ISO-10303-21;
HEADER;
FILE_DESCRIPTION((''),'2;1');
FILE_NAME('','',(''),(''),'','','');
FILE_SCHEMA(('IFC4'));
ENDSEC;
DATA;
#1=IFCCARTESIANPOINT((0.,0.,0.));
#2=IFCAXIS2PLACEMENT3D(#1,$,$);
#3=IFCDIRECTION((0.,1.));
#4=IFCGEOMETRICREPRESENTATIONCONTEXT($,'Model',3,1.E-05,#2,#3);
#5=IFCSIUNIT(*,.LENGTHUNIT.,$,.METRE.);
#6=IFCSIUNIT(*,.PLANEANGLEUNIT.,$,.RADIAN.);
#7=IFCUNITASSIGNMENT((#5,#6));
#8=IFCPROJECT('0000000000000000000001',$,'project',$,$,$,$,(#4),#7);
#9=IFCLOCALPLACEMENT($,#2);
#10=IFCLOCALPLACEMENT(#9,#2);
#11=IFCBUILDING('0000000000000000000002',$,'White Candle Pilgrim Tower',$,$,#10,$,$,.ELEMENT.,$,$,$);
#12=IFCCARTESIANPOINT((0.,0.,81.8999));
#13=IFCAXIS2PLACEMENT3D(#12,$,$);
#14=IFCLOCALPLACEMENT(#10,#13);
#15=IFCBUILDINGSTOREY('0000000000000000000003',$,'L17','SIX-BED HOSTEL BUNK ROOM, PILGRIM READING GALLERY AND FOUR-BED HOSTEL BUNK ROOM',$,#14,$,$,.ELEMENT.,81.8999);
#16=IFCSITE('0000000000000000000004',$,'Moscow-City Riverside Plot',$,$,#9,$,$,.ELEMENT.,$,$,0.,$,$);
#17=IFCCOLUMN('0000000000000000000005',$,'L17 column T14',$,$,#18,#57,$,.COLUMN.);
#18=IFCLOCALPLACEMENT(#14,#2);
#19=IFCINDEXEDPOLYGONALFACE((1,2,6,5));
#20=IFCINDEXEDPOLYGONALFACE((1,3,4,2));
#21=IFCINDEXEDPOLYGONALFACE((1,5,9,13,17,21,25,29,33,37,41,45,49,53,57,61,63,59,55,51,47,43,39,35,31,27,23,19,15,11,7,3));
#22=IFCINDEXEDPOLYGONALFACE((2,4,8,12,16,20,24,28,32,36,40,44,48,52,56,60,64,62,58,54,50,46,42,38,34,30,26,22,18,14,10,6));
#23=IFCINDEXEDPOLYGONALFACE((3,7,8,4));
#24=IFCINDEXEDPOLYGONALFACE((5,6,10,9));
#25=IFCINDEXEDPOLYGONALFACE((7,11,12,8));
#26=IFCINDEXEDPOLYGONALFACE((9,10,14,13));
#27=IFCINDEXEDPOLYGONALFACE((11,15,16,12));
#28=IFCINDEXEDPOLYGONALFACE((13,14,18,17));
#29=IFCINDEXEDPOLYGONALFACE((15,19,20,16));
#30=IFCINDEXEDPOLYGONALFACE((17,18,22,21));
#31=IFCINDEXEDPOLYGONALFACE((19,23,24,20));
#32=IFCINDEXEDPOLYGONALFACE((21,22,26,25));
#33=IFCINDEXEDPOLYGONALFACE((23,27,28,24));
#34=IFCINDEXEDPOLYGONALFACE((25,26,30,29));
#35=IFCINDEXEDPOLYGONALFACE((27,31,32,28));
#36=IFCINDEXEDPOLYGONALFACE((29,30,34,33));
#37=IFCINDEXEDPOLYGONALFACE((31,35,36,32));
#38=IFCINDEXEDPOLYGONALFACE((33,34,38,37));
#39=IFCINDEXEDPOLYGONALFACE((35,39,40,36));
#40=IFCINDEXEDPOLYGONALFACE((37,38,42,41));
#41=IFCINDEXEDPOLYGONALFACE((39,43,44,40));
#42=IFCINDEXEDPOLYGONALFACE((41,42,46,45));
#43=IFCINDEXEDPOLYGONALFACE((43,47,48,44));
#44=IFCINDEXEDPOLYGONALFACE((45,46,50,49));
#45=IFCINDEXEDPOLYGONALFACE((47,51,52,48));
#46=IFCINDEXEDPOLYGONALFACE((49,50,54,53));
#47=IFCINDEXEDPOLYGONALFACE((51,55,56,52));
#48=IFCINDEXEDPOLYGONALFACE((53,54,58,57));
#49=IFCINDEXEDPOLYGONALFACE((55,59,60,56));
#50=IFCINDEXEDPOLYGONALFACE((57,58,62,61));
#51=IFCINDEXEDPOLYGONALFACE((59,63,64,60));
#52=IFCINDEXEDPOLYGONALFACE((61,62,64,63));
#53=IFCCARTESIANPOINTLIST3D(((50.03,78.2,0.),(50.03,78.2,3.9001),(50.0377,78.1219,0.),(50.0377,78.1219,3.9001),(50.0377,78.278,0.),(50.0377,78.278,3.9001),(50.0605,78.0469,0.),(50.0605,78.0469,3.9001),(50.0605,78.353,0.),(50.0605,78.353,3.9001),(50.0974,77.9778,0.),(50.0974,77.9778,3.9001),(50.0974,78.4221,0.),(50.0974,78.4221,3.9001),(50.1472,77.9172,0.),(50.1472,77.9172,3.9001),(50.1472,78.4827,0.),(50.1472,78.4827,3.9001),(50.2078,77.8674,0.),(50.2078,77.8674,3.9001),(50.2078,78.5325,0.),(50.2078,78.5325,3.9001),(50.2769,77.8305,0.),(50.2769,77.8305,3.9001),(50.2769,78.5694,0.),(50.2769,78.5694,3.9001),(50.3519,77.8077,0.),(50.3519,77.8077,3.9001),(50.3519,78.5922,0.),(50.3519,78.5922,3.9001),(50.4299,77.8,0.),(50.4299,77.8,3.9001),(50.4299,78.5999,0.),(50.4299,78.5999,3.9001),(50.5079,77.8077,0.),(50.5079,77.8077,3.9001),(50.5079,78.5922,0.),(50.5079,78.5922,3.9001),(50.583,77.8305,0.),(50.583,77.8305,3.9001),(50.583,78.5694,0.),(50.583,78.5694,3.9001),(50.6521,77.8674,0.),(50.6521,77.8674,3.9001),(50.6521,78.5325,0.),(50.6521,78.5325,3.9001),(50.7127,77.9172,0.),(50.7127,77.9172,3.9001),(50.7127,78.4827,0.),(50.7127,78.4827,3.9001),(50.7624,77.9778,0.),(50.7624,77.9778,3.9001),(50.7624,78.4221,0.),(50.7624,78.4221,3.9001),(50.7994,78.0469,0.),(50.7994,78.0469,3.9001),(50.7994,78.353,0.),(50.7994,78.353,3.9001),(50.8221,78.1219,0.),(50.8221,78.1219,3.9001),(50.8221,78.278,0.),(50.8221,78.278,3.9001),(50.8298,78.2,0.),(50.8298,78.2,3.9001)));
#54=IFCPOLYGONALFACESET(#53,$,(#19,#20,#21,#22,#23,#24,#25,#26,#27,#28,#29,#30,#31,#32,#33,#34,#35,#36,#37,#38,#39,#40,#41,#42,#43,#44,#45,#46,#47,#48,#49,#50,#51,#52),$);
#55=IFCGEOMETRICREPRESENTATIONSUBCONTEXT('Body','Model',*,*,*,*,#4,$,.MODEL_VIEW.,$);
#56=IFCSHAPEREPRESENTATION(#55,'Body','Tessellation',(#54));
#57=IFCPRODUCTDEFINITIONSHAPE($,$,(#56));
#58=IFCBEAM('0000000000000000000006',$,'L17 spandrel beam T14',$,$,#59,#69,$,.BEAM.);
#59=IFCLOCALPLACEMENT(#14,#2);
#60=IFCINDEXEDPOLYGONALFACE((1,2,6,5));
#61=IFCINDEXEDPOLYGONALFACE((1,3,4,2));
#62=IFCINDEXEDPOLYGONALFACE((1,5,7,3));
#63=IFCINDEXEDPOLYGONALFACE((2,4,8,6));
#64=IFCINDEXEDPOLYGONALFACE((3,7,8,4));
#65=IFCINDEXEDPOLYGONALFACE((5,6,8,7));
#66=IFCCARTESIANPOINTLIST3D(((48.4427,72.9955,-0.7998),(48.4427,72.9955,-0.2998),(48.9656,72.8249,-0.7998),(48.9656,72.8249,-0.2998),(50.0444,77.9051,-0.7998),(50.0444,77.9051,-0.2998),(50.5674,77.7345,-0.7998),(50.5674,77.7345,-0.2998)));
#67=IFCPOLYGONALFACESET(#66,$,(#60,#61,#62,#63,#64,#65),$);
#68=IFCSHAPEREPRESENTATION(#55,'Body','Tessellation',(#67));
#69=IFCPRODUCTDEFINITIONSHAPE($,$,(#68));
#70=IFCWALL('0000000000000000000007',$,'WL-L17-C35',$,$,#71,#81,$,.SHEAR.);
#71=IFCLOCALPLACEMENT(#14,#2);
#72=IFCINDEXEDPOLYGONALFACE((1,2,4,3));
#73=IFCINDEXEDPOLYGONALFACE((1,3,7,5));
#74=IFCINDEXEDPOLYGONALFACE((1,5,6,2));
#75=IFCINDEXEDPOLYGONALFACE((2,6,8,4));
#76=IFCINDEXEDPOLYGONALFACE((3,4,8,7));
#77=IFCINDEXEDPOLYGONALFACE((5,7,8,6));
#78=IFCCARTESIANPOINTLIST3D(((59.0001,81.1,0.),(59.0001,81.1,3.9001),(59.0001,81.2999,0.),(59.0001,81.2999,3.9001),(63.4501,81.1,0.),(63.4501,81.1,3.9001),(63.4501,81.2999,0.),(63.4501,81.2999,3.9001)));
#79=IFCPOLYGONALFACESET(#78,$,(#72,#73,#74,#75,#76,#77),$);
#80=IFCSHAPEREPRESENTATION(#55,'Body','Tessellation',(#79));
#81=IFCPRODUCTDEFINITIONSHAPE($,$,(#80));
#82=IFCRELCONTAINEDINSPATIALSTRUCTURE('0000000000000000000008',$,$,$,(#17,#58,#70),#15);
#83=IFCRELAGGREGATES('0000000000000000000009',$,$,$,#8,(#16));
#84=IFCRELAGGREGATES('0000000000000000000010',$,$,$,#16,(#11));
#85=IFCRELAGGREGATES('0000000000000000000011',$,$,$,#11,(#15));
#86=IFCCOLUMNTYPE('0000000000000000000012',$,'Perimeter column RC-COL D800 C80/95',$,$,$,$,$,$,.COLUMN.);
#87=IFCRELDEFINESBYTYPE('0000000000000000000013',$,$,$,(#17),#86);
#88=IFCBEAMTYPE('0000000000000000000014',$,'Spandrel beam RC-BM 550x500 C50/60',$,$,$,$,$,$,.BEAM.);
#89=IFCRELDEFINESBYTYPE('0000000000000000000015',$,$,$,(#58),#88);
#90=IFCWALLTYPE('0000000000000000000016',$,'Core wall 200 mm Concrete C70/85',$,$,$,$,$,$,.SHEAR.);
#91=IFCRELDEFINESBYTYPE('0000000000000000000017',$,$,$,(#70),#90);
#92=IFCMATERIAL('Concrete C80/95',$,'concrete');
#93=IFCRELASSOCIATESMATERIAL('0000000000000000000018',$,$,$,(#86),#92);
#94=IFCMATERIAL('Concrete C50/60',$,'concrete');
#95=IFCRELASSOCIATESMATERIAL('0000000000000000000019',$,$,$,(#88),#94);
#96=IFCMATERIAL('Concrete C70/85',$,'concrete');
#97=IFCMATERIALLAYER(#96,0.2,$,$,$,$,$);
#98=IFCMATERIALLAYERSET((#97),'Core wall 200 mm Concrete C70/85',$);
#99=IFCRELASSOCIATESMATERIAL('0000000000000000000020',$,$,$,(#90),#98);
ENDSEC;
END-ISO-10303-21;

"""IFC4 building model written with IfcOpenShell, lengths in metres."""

from ifc_helpers import new_model, si_unit, direction, frame, frame_2d, origin, origin_2d, place, context, subcontext, project, spatial, rectangle, circle, extrude, material, layer, layer_set, material_profile, profile_set, type_object, element, save


model = new_model("IFC4")

# Units and contexts
model_context = context("Model", 3, precision=1e-05, world=origin(), true_north=direction((0.0, 1.0)))
body_context = subcontext(model_context, "Body", "Model", "MODEL_VIEW")
ifc_project = project(units=[si_unit("LENGTHUNIT", "METRE"), si_unit("PLANEANGLEUNIT", "RADIAN")], contexts=[model_context])

# Site, building, storey
site_placement = place(None, origin())
site = spatial("IfcSite", under=ifc_project, at=site_placement, Name="Moscow-City Riverside Plot", CompositionType="ELEMENT", RefElevation=0.0)
building_placement = place(site_placement, origin())
building = spatial("IfcBuilding", under=site, at=building_placement, Name="White Candle Pilgrim Tower", CompositionType="ELEMENT")
storey_placement = place(building_placement, frame((0.0, 0.0, 81.8999)))
storey = spatial("IfcBuildingStorey", under=building, at=storey_placement, Name="L17", Description="SIX-BED HOSTEL BUNK ROOM, PILGRIM READING GALLERY AND FOUR-BED HOSTEL BUNK ROOM", CompositionType="ELEMENT", Elevation=81.8999)

# Column
ifc_material_1 = material(Name="Concrete C80/95", Category="concrete")
ifc_material_profile_1 = material_profile(ifc_material_1, circle(Radius=0.3999, at=origin_2d()), Name="RC-COL D800")
ifc_profile_set_1 = profile_set([ifc_material_profile_1], Name="Concrete C80/95")
column_type = type_object("IfcColumnType", Name="Perimeter column RC-COL D800 C80/95", PredefinedType="COLUMN", material=ifc_profile_set_1)
column_placement = place(storey_placement, frame((50.4299, 78.2, 0.0), z_axis=(0.0, 0.0, 1.0), x_axis=(1.0, 0.0, 0.0)))
element("IfcColumn", 1, at=column_placement, inside=storey, type_object=column_type, Name="L17 column T14", PredefinedType="COLUMN", context=body_context, shape_type="SweptSolid", body=[
    extrude(circle(Radius=0.3999, at=origin_2d()), origin(), (0.0, 0.0, 1.0), 3.9001),
])

# Beam
ifc_material_2 = material(Name="Concrete C50/60", Category="concrete")
ifc_material_profile_2 = material_profile(ifc_material_2, rectangle(XDim=0.55, YDim=0.5, at=origin_2d()), Name="RC-BM 550x500")
ifc_profile_set_2 = profile_set([ifc_material_profile_2], Name="Concrete C50/60")
beam_type = type_object("IfcBeamType", Name="Spandrel beam RC-BM 550x500 C50/60", PredefinedType="BEAM", material=ifc_profile_set_2)
beam_placement = place(storey_placement, frame((50.3059, 77.8198, -0.5498), z_axis=(-0.310166, -0.950683, 0.0), x_axis=(0.950683, -0.310166, 0.0)))
element("IfcBeam", 2, at=beam_placement, inside=storey, type_object=beam_type, Name="L17 spandrel beam T14", PredefinedType="BEAM", context=body_context, shape_type="SweptSolid", body=[
    extrude(rectangle(XDim=0.55, YDim=0.5, at=origin_2d()), origin(), (0.0, 0.0, 1.0), 5.1643),
])

# Wall
ifc_material_3 = material(Name="Concrete C70/85", Category="concrete")
ifc_layer_1 = layer(ifc_material_3, 0.2)
ifc_layer_set_1 = layer_set([ifc_layer_1], Name="Core wall 200 mm Concrete C70/85")
wall_type_1 = type_object("IfcWallType", Name="Core wall 200 mm Concrete C70/85", PredefinedType="SHEAR", material=ifc_layer_set_1)
wall_1_placement = place(storey_placement, frame((59.0, 81.2, 0.0), z_axis=(0.0, 0.0, 1.0), x_axis=(1.0, 0.0, 0.0)))
element("IfcWall", 3, at=wall_1_placement, inside=storey, type_object=wall_type_1, Name="WL-L17-C35", PredefinedType="SHEAR", context=body_context, shape_type="SweptSolid", body=[
    extrude(rectangle(XDim=4.45, YDim=0.2, at=frame_2d((2.2251, 0.0))), origin(), (0.0, 0.0, 1.0), 3.9001),
])

save(model, "model.ifc")
